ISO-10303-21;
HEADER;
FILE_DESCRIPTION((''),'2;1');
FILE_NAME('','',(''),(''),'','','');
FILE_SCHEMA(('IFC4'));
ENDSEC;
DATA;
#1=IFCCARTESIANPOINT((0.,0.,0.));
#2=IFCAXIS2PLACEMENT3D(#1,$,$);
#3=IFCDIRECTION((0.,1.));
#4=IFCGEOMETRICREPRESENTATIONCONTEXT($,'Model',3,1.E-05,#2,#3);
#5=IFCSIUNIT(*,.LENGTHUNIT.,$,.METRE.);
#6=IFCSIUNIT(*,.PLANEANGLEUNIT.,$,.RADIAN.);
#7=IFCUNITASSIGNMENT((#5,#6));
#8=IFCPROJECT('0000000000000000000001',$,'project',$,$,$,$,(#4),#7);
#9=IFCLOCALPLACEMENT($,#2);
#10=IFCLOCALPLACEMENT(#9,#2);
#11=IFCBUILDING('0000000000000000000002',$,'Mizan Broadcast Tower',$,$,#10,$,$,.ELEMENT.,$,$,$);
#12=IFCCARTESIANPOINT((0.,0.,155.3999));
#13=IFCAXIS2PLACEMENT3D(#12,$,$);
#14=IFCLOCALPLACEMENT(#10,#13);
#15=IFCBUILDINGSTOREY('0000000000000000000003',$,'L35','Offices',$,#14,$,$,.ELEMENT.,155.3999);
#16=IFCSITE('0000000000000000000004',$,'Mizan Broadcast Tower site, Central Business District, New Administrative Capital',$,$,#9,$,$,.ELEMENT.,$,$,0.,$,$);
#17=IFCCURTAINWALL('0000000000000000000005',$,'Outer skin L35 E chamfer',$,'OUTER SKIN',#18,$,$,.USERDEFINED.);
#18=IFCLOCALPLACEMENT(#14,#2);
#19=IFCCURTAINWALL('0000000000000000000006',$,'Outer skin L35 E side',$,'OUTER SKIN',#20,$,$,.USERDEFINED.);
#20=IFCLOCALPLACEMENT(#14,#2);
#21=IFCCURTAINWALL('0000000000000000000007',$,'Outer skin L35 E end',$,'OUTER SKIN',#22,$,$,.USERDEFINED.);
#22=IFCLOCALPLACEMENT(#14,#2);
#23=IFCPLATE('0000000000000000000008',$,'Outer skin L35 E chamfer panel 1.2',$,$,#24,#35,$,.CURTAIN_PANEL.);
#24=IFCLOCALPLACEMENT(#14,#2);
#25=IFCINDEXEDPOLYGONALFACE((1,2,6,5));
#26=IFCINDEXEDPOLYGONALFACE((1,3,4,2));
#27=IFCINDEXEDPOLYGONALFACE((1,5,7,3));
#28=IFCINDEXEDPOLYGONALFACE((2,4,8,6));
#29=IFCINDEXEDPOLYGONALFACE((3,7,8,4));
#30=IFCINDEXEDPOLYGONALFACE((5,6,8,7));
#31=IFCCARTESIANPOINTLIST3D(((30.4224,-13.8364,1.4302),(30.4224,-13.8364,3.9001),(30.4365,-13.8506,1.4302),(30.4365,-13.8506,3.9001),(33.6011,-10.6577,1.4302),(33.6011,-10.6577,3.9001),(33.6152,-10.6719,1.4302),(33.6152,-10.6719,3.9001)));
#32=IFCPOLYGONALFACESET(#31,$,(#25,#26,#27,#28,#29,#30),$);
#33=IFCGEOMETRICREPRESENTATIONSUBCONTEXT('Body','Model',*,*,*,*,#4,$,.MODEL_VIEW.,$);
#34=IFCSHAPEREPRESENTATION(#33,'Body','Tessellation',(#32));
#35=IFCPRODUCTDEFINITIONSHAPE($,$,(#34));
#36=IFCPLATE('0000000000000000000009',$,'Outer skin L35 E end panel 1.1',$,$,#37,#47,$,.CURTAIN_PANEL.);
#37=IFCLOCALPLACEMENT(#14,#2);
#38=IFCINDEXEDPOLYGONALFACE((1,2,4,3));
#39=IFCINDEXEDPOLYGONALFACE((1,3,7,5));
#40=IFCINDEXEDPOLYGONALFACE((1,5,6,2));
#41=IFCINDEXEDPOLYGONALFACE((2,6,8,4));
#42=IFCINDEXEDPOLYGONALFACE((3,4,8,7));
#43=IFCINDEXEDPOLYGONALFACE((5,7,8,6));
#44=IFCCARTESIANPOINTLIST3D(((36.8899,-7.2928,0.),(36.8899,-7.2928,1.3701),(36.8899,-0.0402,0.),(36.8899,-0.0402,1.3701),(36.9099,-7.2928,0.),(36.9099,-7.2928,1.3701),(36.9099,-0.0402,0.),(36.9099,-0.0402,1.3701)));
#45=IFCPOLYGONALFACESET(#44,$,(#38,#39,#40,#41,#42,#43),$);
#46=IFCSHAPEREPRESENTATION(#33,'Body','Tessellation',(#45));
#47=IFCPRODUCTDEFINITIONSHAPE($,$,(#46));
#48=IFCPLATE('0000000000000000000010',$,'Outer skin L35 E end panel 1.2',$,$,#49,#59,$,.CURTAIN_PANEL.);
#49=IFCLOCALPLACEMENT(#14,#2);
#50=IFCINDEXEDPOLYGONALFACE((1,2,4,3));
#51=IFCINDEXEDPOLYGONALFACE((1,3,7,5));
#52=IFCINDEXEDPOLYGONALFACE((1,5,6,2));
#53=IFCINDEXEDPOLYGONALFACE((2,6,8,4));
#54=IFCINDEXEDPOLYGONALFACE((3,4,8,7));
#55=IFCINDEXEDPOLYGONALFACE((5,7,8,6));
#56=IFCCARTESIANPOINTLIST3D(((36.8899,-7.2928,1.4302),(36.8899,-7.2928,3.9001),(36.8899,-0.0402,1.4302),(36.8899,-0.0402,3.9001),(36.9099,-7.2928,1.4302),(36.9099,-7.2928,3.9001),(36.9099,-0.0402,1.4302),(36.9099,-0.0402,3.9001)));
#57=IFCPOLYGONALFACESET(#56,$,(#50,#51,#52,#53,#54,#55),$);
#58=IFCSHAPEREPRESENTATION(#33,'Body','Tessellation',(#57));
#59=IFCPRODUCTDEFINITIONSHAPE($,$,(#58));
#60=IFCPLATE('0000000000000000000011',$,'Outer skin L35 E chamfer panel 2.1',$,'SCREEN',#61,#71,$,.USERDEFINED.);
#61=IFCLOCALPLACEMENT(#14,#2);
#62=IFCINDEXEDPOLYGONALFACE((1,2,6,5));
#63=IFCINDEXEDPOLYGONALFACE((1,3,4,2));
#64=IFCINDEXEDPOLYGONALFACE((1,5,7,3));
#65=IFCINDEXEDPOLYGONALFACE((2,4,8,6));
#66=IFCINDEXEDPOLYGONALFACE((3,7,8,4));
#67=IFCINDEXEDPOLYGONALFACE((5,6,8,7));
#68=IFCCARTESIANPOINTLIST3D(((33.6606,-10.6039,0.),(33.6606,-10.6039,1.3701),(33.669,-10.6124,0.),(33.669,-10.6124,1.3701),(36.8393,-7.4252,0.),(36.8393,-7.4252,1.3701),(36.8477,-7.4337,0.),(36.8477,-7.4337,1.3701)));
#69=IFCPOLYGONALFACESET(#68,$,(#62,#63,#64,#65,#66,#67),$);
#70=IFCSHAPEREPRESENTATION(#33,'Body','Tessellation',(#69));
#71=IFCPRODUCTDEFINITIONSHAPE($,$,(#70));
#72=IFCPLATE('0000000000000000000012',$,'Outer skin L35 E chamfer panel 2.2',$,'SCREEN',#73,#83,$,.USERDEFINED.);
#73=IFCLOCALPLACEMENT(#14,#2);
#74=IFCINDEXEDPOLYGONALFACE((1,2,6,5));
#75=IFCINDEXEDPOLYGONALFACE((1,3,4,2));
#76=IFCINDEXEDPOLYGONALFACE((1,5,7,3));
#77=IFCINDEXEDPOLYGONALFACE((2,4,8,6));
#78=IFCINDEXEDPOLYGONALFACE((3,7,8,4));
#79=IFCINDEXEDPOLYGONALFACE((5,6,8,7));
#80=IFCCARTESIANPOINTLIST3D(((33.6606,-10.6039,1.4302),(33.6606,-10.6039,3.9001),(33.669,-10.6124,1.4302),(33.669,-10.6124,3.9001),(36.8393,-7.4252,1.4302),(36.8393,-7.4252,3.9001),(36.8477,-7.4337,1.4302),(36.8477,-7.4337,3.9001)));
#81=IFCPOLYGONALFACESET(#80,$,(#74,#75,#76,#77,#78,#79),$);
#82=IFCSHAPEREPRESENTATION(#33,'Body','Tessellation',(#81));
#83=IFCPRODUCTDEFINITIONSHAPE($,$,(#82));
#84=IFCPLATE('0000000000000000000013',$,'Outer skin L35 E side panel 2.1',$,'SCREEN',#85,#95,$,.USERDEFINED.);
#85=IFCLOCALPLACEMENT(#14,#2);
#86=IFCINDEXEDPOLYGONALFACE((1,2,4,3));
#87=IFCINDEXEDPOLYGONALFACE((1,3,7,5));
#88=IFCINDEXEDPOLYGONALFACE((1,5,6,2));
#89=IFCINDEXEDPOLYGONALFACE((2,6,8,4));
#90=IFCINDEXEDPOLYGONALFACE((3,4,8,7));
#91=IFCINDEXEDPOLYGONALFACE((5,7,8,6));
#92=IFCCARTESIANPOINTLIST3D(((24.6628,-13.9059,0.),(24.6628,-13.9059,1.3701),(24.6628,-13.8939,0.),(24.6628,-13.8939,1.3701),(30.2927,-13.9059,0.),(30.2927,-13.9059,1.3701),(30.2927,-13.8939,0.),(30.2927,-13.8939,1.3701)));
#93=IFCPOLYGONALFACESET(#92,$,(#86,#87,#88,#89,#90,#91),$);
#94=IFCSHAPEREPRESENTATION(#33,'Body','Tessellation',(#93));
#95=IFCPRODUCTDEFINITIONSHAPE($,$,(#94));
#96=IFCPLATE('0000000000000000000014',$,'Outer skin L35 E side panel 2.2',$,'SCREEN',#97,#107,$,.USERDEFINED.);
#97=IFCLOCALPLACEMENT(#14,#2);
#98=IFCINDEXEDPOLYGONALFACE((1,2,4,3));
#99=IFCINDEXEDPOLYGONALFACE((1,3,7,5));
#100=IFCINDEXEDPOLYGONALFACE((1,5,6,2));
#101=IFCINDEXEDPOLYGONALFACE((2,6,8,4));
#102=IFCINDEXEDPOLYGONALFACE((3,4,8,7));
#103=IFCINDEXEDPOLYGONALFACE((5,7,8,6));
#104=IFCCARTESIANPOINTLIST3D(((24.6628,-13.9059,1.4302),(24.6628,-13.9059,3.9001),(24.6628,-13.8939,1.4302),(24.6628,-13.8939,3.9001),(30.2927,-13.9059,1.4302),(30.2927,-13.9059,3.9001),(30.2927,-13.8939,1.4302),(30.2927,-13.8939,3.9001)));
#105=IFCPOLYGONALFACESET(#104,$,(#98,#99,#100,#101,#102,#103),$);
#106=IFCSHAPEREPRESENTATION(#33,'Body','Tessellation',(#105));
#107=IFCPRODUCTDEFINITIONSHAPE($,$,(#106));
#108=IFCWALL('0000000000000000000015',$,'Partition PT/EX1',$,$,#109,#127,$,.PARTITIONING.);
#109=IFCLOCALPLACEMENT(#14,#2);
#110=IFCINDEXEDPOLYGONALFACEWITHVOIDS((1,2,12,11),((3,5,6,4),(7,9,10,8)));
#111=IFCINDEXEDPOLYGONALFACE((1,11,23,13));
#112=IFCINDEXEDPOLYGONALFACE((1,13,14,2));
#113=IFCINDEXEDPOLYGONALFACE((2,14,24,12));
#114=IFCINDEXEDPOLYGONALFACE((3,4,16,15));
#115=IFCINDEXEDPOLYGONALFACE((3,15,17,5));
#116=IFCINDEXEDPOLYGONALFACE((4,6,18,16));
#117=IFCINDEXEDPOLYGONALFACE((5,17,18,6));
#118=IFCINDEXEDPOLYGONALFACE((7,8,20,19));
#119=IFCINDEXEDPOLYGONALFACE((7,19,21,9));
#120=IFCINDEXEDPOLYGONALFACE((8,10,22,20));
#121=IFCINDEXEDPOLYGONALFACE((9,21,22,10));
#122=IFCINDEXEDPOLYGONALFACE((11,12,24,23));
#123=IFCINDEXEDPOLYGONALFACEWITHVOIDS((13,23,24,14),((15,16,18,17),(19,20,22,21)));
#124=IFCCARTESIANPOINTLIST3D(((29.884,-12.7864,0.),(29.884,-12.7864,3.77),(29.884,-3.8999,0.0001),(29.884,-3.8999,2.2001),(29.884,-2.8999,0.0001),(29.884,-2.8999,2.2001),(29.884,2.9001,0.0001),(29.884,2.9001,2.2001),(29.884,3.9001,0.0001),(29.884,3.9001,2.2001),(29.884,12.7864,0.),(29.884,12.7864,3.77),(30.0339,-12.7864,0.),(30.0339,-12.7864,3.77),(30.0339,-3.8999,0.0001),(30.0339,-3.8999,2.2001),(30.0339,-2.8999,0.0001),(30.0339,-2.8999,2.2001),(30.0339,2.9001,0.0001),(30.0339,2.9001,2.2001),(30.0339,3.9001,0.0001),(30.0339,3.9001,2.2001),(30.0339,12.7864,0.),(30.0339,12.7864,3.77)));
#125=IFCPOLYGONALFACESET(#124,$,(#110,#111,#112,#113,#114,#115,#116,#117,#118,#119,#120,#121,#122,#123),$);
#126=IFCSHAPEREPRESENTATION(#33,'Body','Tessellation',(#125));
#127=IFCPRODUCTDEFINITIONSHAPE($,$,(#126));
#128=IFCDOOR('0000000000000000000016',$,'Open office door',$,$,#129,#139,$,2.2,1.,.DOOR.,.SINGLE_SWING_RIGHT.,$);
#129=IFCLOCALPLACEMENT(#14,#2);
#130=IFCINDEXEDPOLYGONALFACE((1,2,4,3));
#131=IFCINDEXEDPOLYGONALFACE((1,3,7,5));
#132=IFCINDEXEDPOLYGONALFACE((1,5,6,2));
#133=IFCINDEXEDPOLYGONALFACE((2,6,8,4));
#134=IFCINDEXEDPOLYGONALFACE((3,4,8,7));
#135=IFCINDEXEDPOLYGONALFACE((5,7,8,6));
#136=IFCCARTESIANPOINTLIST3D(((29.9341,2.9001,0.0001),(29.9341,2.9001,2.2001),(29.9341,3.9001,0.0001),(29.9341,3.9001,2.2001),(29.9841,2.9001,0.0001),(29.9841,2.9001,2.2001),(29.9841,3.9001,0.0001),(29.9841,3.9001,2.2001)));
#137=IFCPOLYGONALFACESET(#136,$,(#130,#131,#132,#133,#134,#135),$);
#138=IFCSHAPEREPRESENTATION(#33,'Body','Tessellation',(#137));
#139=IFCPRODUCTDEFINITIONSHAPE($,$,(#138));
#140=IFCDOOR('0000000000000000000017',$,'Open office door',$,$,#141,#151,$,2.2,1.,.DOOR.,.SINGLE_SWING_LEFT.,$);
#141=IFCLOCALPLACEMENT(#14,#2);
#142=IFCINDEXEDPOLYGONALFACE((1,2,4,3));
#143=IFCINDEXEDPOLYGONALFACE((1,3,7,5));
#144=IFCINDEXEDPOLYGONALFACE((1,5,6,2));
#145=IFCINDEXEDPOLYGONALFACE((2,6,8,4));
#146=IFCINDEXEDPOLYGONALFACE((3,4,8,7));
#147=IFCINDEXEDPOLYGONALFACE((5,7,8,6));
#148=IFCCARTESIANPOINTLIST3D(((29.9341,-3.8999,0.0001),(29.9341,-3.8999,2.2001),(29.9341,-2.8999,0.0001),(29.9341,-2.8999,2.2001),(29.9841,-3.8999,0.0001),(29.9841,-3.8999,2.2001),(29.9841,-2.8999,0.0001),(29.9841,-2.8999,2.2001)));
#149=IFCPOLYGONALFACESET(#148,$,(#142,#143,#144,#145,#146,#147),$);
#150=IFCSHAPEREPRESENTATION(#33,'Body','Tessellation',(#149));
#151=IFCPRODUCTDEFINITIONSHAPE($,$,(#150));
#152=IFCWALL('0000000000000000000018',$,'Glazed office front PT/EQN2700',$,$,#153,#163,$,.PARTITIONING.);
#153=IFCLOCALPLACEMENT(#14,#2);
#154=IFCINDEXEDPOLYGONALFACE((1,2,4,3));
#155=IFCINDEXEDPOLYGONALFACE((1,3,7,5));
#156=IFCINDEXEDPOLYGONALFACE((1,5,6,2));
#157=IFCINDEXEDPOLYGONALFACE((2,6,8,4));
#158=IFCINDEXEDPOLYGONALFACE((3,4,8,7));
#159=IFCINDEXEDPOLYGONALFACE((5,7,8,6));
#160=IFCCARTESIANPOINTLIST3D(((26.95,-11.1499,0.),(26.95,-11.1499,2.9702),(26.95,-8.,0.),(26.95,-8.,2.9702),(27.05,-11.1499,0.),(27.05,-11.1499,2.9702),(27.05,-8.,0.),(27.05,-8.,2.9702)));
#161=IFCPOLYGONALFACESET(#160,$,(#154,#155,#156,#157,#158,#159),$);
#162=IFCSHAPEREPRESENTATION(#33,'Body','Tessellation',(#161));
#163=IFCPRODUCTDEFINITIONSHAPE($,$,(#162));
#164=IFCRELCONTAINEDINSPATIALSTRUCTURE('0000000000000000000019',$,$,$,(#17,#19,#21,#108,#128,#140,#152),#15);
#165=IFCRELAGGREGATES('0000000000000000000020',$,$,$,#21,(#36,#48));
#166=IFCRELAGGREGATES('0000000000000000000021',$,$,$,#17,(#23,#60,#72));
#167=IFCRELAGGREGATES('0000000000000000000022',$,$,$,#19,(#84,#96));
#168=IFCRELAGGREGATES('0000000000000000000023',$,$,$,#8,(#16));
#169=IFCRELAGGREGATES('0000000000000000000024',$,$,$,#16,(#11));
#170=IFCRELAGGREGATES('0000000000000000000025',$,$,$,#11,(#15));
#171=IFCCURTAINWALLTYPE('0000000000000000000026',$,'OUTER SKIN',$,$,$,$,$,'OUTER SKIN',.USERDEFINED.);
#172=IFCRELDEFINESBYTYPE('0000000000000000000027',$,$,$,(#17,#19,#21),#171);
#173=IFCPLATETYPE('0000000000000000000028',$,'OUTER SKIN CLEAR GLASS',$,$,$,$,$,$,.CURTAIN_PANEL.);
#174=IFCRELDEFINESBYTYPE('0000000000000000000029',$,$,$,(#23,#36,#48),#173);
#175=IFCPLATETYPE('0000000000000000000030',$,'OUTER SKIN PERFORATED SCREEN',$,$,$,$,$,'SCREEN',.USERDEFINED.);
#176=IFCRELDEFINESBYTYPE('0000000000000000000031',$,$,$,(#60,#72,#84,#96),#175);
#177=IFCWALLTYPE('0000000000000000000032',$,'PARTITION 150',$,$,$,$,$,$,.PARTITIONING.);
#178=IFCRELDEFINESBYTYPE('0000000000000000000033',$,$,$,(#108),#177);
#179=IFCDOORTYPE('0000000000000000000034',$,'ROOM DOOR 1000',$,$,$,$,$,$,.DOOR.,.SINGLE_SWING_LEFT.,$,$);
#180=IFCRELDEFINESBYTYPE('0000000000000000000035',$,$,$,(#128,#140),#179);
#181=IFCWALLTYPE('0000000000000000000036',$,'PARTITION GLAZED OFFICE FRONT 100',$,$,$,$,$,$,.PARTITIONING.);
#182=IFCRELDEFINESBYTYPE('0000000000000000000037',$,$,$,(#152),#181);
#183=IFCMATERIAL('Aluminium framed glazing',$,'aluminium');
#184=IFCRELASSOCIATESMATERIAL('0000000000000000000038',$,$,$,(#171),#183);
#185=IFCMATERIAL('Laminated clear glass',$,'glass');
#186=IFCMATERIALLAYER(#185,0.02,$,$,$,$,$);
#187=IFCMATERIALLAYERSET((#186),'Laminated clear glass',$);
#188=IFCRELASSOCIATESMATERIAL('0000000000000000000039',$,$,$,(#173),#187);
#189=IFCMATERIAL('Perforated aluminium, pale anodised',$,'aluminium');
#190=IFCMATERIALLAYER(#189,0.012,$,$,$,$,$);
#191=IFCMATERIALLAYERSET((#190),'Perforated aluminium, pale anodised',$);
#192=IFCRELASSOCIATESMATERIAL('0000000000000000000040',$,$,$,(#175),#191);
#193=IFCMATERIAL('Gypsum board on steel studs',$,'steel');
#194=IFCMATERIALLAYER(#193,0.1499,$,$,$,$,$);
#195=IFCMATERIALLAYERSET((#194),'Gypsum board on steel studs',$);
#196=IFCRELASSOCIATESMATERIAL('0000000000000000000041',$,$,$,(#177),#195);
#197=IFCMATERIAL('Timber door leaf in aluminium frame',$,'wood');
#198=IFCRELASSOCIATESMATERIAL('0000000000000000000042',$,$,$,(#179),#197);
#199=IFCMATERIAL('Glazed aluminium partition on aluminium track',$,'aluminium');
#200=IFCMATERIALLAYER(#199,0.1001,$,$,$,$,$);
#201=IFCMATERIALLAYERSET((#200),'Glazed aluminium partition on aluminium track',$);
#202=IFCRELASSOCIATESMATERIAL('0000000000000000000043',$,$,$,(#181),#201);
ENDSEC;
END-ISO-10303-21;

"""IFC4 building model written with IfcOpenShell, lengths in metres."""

from ifc_helpers import new_model, si_unit, direction, frame, frame_2d, origin, origin_2d, place, context, subcontext, project, spatial, rectangle, extrude, material, layer, layer_set, type_object, element, fill, aggregate, save


model = new_model("IFC4")

# Units and contexts
model_context = context("Model", 3, precision=1e-05, world=origin(), true_north=direction((0.0, 1.0)))
body_context = subcontext(model_context, "Body", "Model", "MODEL_VIEW")
ifc_project = project(units=[si_unit("LENGTHUNIT", "METRE"), si_unit("PLANEANGLEUNIT", "RADIAN")], contexts=[model_context])

# Site, building, storey
site_placement = place(None, origin())
site = spatial("IfcSite", under=ifc_project, at=site_placement, Name="Mizan Broadcast Tower site, Central Business District, New Administrative Capital", CompositionType="ELEMENT", RefElevation=0.0)
building_placement = place(site_placement, origin())
building = spatial("IfcBuilding", under=site, at=building_placement, Name="Mizan Broadcast Tower", CompositionType="ELEMENT")
storey_placement = place(building_placement, frame((0.0, 0.0, 155.3999)))
storey = spatial("IfcBuildingStorey", under=building, at=storey_placement, Name="L35", Description="Offices", CompositionType="ELEMENT", Elevation=155.3999)

# Curtain wall
ifc_material_1 = material(Name="Aluminium framed glazing", Category="aluminium")
curtain_wall_type_1 = type_object("IfcCurtainWallType", Name="OUTER SKIN", ElementType="OUTER SKIN", PredefinedType="USERDEFINED", material=ifc_material_1)
curtain_wall_1_placement = place(storey_placement, origin())
curtain_wall_1 = element("IfcCurtainWall", 1, at=curtain_wall_1_placement, inside=storey, type_object=curtain_wall_type_1, Name="Outer skin L35 E chamfer", ObjectType="OUTER SKIN", PredefinedType="USERDEFINED")

# Curtain wall
curtain_wall_2_placement = place(storey_placement, origin())
curtain_wall_2 = element("IfcCurtainWall", 2, at=curtain_wall_2_placement, inside=storey, type_object=curtain_wall_type_1, Name="Outer skin L35 E side", ObjectType="OUTER SKIN", PredefinedType="USERDEFINED")

# Curtain wall
curtain_wall_3_placement = place(storey_placement, origin())
curtain_wall_3 = element("IfcCurtainWall", 3, at=curtain_wall_3_placement, inside=storey, type_object=curtain_wall_type_1, Name="Outer skin L35 E end", ObjectType="OUTER SKIN", PredefinedType="USERDEFINED")

# Plates
ifc_material_2 = material(Name="Laminated clear glass", Category="glass")
ifc_layer_1 = layer(ifc_material_2, 0.02)
ifc_layer_set_1 = layer_set([ifc_layer_1], Name="Laminated clear glass")
plate_type_1 = type_object("IfcPlateType", Name="OUTER SKIN CLEAR GLASS", PredefinedType="CURTAIN_PANEL", material=ifc_layer_set_1)
plate_1_placement = place(storey_placement, frame((32.0188, -12.2542, 1.4302), z_axis=(0.0, 0.0, 1.0), x_axis=(0.707107, 0.707107, 0.0)))
plate_1 = element("IfcPlate", 4, at=plate_1_placement, type_object=plate_type_1, Name="Outer skin L35 E chamfer panel 1.2", PredefinedType="CURTAIN_PANEL", context=body_context, shape_type="SweptSolid", body=[
    extrude(rectangle(XDim=4.4954, YDim=0.02, at=origin_2d()), origin(), (0.0, 0.0, 1.0), 2.47),
])
plate_2_placement = place(storey_placement, frame((36.8999, -3.6665, 0.0), z_axis=(0.0, 0.0, 1.0), x_axis=(0.0, 1.0, 0.0)))
plate_2 = element("IfcPlate", 5, at=plate_2_placement, type_object=plate_type_1, Name="Outer skin L35 E end panel 1.1", PredefinedType="CURTAIN_PANEL", context=body_context, shape_type="SweptSolid", body=[
    extrude(rectangle(XDim=7.2527, YDim=0.02, at=origin_2d()), origin(), (0.0, 0.0, 1.0), 1.3701),
])
plate_3_placement = place(storey_placement, frame((36.8999, -3.6665, 1.4302), z_axis=(0.0, 0.0, 1.0), x_axis=(0.0, 1.0, 0.0)))
plate_3 = element("IfcPlate", 6, at=plate_3_placement, type_object=plate_type_1, Name="Outer skin L35 E end panel 1.2", PredefinedType="CURTAIN_PANEL", context=body_context, shape_type="SweptSolid", body=[
    extrude(rectangle(XDim=7.2527, YDim=0.02, at=origin_2d()), origin(), (0.0, 0.0, 1.0), 2.47),
])
aggregate(curtain_wall_3, [plate_2, plate_3])
ifc_material_3 = material(Name="Perforated aluminium, pale anodised", Category="aluminium")
ifc_layer_2 = layer(ifc_material_3, 0.012)
ifc_layer_set_2 = layer_set([ifc_layer_2], Name="Perforated aluminium, pale anodised")
plate_type_2 = type_object("IfcPlateType", Name="OUTER SKIN PERFORATED SCREEN", ElementType="SCREEN", PredefinedType="USERDEFINED", material=ifc_layer_set_2)
plate_4_placement = place(storey_placement, frame((35.2542, -9.0188, 0.0), z_axis=(0.0, 0.0, 1.0), x_axis=(0.707107, 0.707107, 0.0)))
plate_4 = element("IfcPlate", 7, at=plate_4_placement, type_object=plate_type_2, Name="Outer skin L35 E chamfer panel 2.1", ObjectType="SCREEN", PredefinedType="USERDEFINED", context=body_context, shape_type="SweptSolid", body=[
    extrude(rectangle(XDim=4.4954, YDim=0.012, at=origin_2d()), origin(), (0.0, 0.0, 1.0), 1.3701),
])
plate_5_placement = place(storey_placement, frame((35.2542, -9.0188, 1.4302), z_axis=(0.0, 0.0, 1.0), x_axis=(0.707107, 0.707107, 0.0)))
plate_5 = element("IfcPlate", 8, at=plate_5_placement, type_object=plate_type_2, Name="Outer skin L35 E chamfer panel 2.2", ObjectType="SCREEN", PredefinedType="USERDEFINED", context=body_context, shape_type="SweptSolid", body=[
    extrude(rectangle(XDim=4.4954, YDim=0.012, at=origin_2d()), origin(), (0.0, 0.0, 1.0), 2.47),
])
aggregate(curtain_wall_1, [plate_1, plate_4, plate_5])
plate_6_placement = place(storey_placement, frame((27.4778, -13.8999, 0.0), z_axis=(0.0, 0.0, 1.0), x_axis=(1.0, 0.0, 0.0)))
plate_6 = element("IfcPlate", 9, at=plate_6_placement, type_object=plate_type_2, Name="Outer skin L35 E side panel 2.1", ObjectType="SCREEN", PredefinedType="USERDEFINED", context=body_context, shape_type="SweptSolid", body=[
    extrude(rectangle(XDim=5.6299, YDim=0.012, at=origin_2d()), origin(), (0.0, 0.0, 1.0), 1.3701),
])
plate_7_placement = place(storey_placement, frame((27.4778, -13.8999, 1.4302), z_axis=(0.0, 0.0, 1.0), x_axis=(1.0, 0.0, 0.0)))
plate_7 = element("IfcPlate", 10, at=plate_7_placement, type_object=plate_type_2, Name="Outer skin L35 E side panel 2.2", ObjectType="SCREEN", PredefinedType="USERDEFINED", context=body_context, shape_type="SweptSolid", body=[
    extrude(rectangle(XDim=5.6299, YDim=0.012, at=origin_2d()), origin(), (0.0, 0.0, 1.0), 2.47),
])
aggregate(curtain_wall_2, [plate_6, plate_7])

# Wall, openings, doors
ifc_material_4 = material(Name="Gypsum board on steel studs", Category="steel")
ifc_layer_3 = layer(ifc_material_4, 0.1499)
ifc_layer_set_3 = layer_set([ifc_layer_3], Name="Gypsum board on steel studs")
wall_type_1 = type_object("IfcWallType", Name="PARTITION 150", PredefinedType="PARTITIONING", material=ifc_layer_set_3)
wall_1_placement = place(storey_placement, frame((29.959, -12.7864, 0.0), z_axis=(0.0, 0.0, 1.0), x_axis=(0.0, 1.0, 0.0)))
wall_1 = element("IfcWall", 11, at=wall_1_placement, inside=storey, type_object=wall_type_1, Name="Partition PT/EX1", PredefinedType="PARTITIONING", context=body_context, shape_type="SweptSolid", body=[
    extrude(rectangle(XDim=25.5728, YDim=0.1499, at=frame_2d((12.7864, 0.0))), origin(), (0.0, 0.0, 1.0), 3.77),
])
opening_1_placement = place(wall_1_placement, frame((15.6865, 0.0, 0.0)))
opening_1 = element("IfcOpeningElement", 12, at=opening_1_placement, cuts=wall_1, PredefinedType="OPENING", context=body_context, shape_type="SweptSolid", body=[
    extrude(rectangle(XDim=1.0, YDim=2.2, at=frame_2d((0.5, 1.1001))), frame((0.0, 0.085, 0.0), z_axis=(0.0, -1.0, 0.0), x_axis=(1.0, 0.0, 0.0)), (0.0, 0.0, 1.0), 0.1699),
])
opening_2_placement = place(wall_1_placement, frame((8.8865, 0.0, 0.0)))
opening_2 = element("IfcOpeningElement", 13, at=opening_2_placement, cuts=wall_1, PredefinedType="OPENING", context=body_context, shape_type="SweptSolid", body=[
    extrude(rectangle(XDim=1.0, YDim=2.2, at=frame_2d((0.5, 1.1001))), frame((0.0, 0.085, 0.0), z_axis=(0.0, -1.0, 0.0), x_axis=(1.0, 0.0, 0.0)), (0.0, 0.0, 1.0), 0.1699),
])
ifc_material_5 = material(Name="Timber door leaf in aluminium frame", Category="wood")
door_type = type_object("IfcDoorType", Name="ROOM DOOR 1000", OperationType="SINGLE_SWING_LEFT", PredefinedType="DOOR", material=ifc_material_5)
door_1_placement = place(opening_1_placement, origin())
door_1 = element("IfcDoor", 14, at=door_1_placement, inside=storey, type_object=door_type, Name="Open office door", OperationType="SINGLE_SWING_RIGHT", OverallHeight=2.2, OverallWidth=1.0, PredefinedType="DOOR", context=body_context, shape_type="SweptSolid", body=[
    extrude(rectangle(XDim=1.0, YDim=2.2, at=frame_2d((0.5, 1.1001))), frame((0.0, 0.0249, 0.0), z_axis=(0.0, -1.0, 0.0), x_axis=(1.0, 0.0, 0.0)), (0.0, 0.0, 1.0), 0.05),
])
fill(opening_1, door_1)
door_2_placement = place(opening_2_placement, origin())
door_2 = element("IfcDoor", 15, at=door_2_placement, inside=storey, type_object=door_type, Name="Open office door", OperationType="SINGLE_SWING_LEFT", OverallHeight=2.2, OverallWidth=1.0, PredefinedType="DOOR", context=body_context, shape_type="SweptSolid", body=[
    extrude(rectangle(XDim=1.0, YDim=2.2, at=frame_2d((0.5, 1.1001))), frame((0.0, 0.0249, 0.0), z_axis=(0.0, -1.0, 0.0), x_axis=(1.0, 0.0, 0.0)), (0.0, 0.0, 1.0), 0.05),
])
fill(opening_2, door_2)

# Wall
ifc_material_6 = material(Name="Glazed aluminium partition on aluminium track", Category="aluminium")
ifc_layer_4 = layer(ifc_material_6, 0.1001)
ifc_layer_set_4 = layer_set([ifc_layer_4], Name="Glazed aluminium partition on aluminium track")
wall_type_2 = type_object("IfcWallType", Name="PARTITION GLAZED OFFICE FRONT 100", PredefinedType="PARTITIONING", material=ifc_layer_set_4)
wall_2_placement = place(storey_placement, frame((27.0, -8.0, 0.0), z_axis=(0.0, 0.0, 1.0), x_axis=(0.0, -1.0, 0.0)))
element("IfcWall", 16, at=wall_2_placement, inside=storey, type_object=wall_type_2, Name="Glazed office front PT/EQN2700", PredefinedType="PARTITIONING", context=body_context, shape_type="SweptSolid", body=[
    extrude(rectangle(XDim=3.1499, YDim=0.1001, at=frame_2d((1.575, 0.0))), origin(), (0.0, 0.0, 1.0), 2.9702),
])

save(model, "model.ifc")
